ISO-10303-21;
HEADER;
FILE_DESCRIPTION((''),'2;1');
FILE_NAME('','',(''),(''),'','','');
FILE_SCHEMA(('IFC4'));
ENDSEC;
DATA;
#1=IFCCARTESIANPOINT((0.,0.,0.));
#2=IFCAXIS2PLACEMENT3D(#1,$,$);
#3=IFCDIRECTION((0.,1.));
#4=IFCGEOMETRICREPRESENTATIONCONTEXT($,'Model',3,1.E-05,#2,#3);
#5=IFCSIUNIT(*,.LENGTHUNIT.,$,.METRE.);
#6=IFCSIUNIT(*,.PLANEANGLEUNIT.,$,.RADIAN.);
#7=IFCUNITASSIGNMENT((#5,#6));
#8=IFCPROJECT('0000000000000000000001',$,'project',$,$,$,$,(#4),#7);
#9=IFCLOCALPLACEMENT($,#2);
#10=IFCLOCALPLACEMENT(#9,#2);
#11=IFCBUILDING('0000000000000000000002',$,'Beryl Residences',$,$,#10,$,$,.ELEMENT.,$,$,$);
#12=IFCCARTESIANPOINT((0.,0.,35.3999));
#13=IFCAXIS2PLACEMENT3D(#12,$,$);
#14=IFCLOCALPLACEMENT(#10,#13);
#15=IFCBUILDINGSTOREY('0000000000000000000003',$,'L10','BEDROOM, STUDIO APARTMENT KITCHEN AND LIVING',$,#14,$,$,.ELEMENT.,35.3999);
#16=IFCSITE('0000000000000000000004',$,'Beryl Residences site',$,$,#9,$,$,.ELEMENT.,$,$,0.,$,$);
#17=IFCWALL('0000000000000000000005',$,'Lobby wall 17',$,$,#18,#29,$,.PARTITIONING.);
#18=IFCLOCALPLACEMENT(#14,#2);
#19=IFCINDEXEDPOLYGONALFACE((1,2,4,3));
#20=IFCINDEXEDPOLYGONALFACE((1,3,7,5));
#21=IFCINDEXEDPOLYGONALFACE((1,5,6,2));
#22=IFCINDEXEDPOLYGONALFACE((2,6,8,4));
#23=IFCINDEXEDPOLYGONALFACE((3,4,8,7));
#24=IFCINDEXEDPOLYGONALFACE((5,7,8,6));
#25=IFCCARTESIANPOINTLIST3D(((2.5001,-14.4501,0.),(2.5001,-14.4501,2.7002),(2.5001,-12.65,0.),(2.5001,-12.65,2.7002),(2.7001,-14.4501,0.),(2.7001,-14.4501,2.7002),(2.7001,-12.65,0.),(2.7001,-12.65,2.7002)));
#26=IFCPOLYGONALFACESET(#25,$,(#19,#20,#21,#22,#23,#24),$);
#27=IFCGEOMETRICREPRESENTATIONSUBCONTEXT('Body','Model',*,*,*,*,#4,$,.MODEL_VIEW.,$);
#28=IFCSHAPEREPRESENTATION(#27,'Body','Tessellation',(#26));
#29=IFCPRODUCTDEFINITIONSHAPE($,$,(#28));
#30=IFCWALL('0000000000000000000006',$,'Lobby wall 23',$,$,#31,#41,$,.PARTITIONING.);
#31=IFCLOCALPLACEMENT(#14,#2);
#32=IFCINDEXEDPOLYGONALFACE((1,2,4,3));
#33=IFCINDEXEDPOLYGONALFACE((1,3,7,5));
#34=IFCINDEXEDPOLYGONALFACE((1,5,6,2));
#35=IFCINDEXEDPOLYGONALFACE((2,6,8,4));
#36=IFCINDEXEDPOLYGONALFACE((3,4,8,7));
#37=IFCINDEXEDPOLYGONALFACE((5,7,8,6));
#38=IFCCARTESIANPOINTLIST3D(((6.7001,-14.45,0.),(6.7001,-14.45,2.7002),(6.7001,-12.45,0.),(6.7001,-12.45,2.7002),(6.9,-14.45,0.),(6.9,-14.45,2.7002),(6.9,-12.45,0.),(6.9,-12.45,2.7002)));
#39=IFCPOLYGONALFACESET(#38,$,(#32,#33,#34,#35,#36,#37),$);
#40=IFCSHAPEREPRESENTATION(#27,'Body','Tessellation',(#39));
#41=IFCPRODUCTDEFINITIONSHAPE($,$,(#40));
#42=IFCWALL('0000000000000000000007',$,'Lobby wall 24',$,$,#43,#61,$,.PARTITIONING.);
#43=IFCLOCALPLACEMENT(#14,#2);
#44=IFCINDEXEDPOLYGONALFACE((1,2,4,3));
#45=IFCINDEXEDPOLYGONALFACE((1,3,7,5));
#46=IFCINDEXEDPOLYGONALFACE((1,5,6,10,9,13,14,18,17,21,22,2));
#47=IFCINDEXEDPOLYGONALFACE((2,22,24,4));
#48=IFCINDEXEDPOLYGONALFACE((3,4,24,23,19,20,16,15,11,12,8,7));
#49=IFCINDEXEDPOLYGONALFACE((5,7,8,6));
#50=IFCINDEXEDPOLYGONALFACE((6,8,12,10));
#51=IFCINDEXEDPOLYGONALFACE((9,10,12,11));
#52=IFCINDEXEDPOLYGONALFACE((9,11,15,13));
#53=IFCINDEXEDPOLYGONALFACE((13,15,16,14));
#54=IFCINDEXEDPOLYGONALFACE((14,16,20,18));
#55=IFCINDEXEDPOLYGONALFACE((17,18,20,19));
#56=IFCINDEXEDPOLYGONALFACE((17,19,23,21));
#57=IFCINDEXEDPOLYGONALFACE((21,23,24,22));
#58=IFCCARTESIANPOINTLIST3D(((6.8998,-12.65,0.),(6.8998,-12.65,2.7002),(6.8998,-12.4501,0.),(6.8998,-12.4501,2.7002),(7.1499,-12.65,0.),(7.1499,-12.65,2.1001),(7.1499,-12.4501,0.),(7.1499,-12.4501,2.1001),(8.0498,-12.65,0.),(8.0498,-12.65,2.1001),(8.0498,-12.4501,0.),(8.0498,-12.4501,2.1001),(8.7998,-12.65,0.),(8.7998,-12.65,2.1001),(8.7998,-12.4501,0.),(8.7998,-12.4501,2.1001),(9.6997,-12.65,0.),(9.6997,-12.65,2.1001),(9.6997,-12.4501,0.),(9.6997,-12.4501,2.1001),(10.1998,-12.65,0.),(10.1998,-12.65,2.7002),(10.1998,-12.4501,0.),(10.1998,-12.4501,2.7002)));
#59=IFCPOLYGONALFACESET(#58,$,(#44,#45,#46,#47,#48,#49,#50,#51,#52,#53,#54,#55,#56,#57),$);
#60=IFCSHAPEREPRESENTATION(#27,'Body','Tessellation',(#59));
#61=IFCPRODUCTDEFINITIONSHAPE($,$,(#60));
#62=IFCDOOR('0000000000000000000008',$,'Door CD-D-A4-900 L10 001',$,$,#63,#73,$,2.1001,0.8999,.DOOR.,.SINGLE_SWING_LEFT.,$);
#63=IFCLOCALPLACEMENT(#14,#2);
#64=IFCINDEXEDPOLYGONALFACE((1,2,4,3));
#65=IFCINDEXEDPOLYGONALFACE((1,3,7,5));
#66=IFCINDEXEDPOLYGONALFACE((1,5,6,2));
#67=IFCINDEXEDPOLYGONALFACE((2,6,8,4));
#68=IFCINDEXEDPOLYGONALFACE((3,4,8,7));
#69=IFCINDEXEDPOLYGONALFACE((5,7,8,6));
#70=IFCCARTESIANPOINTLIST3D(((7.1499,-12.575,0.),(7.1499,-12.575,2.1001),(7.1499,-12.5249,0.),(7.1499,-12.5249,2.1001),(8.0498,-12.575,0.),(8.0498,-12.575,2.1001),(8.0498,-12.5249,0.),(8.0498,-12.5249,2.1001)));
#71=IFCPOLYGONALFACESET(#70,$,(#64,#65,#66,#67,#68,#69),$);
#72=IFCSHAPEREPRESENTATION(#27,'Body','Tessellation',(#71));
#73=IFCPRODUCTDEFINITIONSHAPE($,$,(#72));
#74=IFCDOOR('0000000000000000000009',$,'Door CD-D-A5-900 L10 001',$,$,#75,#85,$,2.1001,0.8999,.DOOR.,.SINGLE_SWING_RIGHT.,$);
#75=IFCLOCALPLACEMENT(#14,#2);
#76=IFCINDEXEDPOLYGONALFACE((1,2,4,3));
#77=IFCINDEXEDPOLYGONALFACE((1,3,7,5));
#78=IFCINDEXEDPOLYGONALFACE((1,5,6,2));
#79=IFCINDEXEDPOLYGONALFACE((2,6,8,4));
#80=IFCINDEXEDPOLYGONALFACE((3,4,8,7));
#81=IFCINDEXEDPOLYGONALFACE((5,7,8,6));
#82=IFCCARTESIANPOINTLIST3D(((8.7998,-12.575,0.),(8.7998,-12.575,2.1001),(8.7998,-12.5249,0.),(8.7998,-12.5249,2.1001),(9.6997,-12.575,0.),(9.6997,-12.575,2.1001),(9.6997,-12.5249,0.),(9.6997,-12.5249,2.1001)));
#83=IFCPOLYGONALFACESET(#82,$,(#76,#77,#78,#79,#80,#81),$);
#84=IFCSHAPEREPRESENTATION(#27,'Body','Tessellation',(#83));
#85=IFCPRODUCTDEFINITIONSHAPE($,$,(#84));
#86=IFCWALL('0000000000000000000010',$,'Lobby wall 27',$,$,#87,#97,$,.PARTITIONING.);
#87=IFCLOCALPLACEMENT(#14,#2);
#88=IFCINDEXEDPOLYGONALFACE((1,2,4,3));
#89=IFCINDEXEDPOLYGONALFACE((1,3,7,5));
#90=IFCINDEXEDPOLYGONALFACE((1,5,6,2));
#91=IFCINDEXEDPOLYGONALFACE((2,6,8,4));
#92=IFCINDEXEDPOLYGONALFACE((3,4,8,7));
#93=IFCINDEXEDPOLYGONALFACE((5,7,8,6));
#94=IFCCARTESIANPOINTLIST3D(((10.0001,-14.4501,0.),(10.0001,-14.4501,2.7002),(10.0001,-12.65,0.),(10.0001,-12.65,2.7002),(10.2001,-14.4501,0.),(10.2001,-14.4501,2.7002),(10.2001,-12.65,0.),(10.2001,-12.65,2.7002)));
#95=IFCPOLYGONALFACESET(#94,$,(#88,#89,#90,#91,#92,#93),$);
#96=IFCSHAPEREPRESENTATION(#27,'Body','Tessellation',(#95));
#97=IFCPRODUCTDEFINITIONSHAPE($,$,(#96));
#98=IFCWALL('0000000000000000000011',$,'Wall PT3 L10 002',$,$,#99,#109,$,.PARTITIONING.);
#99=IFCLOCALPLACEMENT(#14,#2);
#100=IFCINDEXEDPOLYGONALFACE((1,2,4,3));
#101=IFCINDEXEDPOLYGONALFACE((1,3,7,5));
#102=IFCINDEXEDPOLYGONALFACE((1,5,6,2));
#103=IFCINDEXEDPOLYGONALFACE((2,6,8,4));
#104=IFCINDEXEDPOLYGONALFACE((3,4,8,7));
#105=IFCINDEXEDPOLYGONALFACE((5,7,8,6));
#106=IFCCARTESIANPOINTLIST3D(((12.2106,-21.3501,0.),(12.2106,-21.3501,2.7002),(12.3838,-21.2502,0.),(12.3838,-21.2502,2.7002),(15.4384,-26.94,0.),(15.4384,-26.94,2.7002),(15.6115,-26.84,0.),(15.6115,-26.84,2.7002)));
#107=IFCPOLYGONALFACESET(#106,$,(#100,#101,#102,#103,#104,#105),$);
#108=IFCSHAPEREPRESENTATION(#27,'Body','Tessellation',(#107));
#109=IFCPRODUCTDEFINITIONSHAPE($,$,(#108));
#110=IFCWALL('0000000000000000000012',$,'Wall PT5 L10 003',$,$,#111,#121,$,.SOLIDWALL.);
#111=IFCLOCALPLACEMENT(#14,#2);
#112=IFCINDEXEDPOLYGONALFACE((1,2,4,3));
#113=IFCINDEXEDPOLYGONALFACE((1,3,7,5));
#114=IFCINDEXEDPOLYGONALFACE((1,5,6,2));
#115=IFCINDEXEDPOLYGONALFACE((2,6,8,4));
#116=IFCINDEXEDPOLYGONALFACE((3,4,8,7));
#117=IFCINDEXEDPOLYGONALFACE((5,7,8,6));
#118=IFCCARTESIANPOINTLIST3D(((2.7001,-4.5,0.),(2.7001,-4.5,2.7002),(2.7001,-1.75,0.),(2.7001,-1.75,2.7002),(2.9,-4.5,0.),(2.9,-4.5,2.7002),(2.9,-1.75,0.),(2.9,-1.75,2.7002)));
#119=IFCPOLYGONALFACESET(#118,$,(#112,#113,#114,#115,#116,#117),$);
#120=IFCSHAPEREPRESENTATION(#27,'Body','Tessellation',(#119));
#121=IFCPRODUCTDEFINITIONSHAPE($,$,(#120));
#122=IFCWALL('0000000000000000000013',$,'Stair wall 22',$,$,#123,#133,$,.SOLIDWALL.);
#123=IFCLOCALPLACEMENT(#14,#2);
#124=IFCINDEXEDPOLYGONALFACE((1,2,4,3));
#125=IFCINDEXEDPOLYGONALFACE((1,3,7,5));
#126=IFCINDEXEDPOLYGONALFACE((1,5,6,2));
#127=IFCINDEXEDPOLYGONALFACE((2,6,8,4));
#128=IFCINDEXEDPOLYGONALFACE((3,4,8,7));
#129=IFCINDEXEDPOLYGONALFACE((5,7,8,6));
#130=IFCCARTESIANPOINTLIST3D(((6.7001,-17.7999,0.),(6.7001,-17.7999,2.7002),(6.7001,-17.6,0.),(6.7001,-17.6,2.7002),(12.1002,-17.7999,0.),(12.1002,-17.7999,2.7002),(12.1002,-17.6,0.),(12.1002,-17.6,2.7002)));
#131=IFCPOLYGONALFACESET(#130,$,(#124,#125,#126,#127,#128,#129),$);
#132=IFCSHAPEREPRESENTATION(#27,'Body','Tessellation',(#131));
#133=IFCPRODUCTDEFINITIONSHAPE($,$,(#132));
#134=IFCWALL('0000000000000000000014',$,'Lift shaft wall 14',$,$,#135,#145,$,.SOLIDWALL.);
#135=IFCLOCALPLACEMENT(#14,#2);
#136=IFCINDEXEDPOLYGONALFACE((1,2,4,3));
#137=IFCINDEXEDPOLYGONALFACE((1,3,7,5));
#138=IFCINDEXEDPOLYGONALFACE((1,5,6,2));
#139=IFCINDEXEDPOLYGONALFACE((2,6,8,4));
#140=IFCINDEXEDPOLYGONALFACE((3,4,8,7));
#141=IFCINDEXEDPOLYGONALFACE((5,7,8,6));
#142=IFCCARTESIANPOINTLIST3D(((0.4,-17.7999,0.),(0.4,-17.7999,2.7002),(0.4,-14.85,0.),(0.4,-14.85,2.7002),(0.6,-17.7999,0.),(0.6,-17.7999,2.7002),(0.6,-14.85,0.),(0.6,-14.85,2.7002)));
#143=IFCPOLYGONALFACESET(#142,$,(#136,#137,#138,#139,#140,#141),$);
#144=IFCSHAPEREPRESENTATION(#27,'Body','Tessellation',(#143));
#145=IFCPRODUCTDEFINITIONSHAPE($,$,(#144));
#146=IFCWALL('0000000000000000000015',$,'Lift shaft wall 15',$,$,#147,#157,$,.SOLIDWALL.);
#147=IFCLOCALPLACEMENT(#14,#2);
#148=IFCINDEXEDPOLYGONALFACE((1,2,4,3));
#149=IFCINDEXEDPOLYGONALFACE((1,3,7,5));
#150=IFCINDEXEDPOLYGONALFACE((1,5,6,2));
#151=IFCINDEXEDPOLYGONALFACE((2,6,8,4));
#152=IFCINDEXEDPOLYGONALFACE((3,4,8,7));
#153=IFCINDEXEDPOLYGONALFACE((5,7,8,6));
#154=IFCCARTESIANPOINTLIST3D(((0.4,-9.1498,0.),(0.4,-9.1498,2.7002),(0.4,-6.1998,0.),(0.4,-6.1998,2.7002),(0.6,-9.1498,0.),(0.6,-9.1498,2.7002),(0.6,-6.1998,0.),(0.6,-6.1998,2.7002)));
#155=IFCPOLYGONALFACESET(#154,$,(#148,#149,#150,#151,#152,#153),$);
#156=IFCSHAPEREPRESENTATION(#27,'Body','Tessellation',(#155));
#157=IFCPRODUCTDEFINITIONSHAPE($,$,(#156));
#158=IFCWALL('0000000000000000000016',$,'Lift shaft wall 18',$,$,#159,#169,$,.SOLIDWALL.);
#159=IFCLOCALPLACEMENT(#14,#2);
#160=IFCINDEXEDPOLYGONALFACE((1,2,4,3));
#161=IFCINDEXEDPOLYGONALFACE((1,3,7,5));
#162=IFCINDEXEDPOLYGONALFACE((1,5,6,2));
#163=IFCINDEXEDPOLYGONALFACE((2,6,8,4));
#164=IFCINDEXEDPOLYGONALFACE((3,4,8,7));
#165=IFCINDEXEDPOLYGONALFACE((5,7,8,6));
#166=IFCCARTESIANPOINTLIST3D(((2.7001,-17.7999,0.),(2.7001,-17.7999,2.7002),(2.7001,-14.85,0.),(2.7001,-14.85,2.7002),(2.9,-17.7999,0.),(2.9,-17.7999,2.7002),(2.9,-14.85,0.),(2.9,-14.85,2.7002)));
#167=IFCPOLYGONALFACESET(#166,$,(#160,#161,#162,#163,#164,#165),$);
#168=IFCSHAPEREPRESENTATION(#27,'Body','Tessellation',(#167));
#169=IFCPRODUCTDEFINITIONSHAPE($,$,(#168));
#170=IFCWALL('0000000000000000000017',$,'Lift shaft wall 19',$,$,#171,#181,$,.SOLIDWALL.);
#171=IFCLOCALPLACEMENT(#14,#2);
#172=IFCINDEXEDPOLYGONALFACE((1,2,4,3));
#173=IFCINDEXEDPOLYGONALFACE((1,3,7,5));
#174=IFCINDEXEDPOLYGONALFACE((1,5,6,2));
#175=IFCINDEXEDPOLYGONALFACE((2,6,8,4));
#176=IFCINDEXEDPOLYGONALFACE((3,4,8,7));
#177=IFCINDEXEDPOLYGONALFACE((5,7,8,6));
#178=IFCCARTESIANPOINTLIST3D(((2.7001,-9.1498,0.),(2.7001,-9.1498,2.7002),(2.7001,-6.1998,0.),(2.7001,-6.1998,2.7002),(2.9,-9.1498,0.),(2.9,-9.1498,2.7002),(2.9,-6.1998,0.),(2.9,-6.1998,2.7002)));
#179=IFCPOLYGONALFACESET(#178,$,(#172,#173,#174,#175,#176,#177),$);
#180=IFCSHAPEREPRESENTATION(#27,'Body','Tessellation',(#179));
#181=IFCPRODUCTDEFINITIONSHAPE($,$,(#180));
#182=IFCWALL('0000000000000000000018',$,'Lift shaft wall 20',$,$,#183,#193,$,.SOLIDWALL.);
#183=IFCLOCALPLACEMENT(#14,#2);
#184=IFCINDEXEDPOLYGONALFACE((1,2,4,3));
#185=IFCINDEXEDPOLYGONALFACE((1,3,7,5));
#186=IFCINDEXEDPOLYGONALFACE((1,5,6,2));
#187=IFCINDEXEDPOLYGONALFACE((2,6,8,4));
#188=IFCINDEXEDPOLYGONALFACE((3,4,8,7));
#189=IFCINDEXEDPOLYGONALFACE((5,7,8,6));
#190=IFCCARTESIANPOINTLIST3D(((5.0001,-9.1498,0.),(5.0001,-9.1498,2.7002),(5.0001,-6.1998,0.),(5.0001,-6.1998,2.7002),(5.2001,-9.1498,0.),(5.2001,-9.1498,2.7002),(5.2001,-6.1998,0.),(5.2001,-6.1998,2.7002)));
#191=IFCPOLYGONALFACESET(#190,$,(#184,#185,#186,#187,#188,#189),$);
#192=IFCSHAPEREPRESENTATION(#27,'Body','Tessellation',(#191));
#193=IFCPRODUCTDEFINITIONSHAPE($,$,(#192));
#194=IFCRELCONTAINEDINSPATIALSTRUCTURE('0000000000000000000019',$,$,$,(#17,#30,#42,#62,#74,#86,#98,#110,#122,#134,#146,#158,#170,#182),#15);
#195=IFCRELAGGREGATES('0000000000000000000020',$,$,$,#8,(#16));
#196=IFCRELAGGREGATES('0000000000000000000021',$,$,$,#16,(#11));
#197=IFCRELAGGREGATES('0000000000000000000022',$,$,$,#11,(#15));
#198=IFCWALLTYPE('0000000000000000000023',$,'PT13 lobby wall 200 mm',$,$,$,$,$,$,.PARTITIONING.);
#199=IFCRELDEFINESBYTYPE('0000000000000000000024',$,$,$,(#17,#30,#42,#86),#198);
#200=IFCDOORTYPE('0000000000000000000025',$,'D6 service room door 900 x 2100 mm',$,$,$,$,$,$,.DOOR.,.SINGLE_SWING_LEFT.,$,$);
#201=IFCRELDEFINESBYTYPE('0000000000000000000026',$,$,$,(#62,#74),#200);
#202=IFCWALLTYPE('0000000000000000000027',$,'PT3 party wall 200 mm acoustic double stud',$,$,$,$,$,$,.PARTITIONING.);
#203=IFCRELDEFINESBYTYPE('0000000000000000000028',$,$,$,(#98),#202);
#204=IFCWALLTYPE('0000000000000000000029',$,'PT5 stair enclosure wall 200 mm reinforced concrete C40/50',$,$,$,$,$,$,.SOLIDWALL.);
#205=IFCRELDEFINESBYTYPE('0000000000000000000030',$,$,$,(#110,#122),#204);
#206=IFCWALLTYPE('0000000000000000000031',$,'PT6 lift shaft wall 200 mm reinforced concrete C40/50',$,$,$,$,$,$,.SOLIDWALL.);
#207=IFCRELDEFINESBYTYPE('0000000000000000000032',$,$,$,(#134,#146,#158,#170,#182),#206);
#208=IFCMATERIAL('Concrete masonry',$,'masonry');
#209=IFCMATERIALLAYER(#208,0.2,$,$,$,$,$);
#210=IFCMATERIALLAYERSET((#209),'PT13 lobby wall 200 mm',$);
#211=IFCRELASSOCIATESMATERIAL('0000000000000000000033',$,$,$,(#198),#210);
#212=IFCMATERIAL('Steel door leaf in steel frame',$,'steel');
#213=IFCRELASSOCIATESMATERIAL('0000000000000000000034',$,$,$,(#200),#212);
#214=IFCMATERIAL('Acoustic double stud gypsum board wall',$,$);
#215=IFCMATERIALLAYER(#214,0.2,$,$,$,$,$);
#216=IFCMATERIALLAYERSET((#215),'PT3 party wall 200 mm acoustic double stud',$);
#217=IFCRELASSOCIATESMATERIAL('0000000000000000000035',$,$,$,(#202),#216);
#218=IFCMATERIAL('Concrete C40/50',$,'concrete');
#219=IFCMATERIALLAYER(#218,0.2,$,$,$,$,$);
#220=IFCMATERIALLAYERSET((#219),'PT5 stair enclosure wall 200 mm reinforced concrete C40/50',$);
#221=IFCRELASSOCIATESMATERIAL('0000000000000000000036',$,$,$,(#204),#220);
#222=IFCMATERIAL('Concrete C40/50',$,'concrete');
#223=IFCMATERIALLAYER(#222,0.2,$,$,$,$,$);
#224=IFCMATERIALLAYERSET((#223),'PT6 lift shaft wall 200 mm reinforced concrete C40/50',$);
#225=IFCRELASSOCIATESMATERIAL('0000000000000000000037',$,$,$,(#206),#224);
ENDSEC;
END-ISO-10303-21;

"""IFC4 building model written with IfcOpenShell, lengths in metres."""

from ifc_helpers import new_model, si_unit, direction, frame, frame_2d, origin, place, context, subcontext, project, spatial, rectangle, extrude, material, layer, layer_set, type_object, element, fill, save


model = new_model("IFC4")

# Units and contexts
model_context = context("Model", 3, precision=1e-05, world=origin(), true_north=direction((0.0, 1.0)))
body_context = subcontext(model_context, "Body", "Model", "MODEL_VIEW")
ifc_project = project(units=[si_unit("LENGTHUNIT", "METRE"), si_unit("PLANEANGLEUNIT", "RADIAN")], contexts=[model_context])

# Site, building, storey
site_placement = place(None, origin())
site = spatial("IfcSite", under=ifc_project, at=site_placement, Name="Beryl Residences site", CompositionType="ELEMENT", RefElevation=0.0)
building_placement = place(site_placement, origin())
building = spatial("IfcBuilding", under=site, at=building_placement, Name="Beryl Residences", CompositionType="ELEMENT")
storey_placement = place(building_placement, frame((0.0, 0.0, 35.3999)))
storey = spatial("IfcBuildingStorey", under=building, at=storey_placement, Name="L10", Description="BEDROOM, STUDIO APARTMENT KITCHEN AND LIVING", CompositionType="ELEMENT", Elevation=35.3999)

# Walls
ifc_material_1 = material(Name="Concrete masonry", Category="masonry")
ifc_layer_1 = layer(ifc_material_1, 0.2)
ifc_layer_set_1 = layer_set([ifc_layer_1], Name="PT13 lobby wall 200 mm")
wall_type_1 = type_object("IfcWallType", Name="PT13 lobby wall 200 mm", PredefinedType="PARTITIONING", material=ifc_layer_set_1)
wall_1_placement = place(storey_placement, frame((2.6001, -14.45, 0.0), z_axis=(0.0, 0.0, 1.0), x_axis=(0.0, 1.0, 0.0)))
element("IfcWall", 1, at=wall_1_placement, inside=storey, type_object=wall_type_1, Name="Lobby wall 17", PredefinedType="PARTITIONING", context=body_context, shape_type="SweptSolid", body=[
    extrude(rectangle(XDim=1.8, YDim=0.2, at=frame_2d((0.8999, 0.0))), origin(), (0.0, 0.0, 1.0), 2.7002),
])
wall_2_placement = place(storey_placement, frame((6.8, -14.45, 0.0), z_axis=(0.0, 0.0, 1.0), x_axis=(0.0, 1.0, 0.0)))
element("IfcWall", 2, at=wall_2_placement, inside=storey, type_object=wall_type_1, Name="Lobby wall 23", PredefinedType="PARTITIONING", context=body_context, shape_type="SweptSolid", body=[
    extrude(rectangle(XDim=2.0, YDim=0.2, at=frame_2d((1.0, 0.0))), origin(), (0.0, 0.0, 1.0), 2.7002),
])

# Wall, openings, doors
wall_3_placement = place(storey_placement, frame((6.8999, -12.55, 0.0), z_axis=(0.0, 0.0, 1.0), x_axis=(1.0, 0.0, 0.0)))
wall_3 = element("IfcWall", 3, at=wall_3_placement, inside=storey, type_object=wall_type_1, Name="Lobby wall 24", PredefinedType="PARTITIONING", context=body_context, shape_type="SweptSolid", body=[
    extrude(rectangle(XDim=3.3, YDim=0.2, at=frame_2d((1.6499, 0.0))), origin(), (0.0, 0.0, 1.0), 2.7002),
])
opening_1_placement = place(wall_3_placement, frame((1.1499, 0.0, 0.0), z_axis=(0.0, 0.0, 1.0), x_axis=(-1.0, 0.0, 0.0)))
opening_1 = element("IfcOpeningElement", 4, at=opening_1_placement, cuts=wall_3, PredefinedType="OPENING", context=body_context, shape_type="SweptSolid", body=[
    extrude(rectangle(XDim=0.8999, YDim=2.1001, at=frame_2d((0.45, 1.05))), frame((0.0, 0.1099, 0.0), z_axis=(0.0, -1.0, 0.0), x_axis=(1.0, 0.0, 0.0)), (0.0, 0.0, 1.0), 0.22),
])
opening_2_placement = place(wall_3_placement, frame((2.7998, 0.0, 0.0), z_axis=(0.0, 0.0, 1.0), x_axis=(-1.0, 0.0, 0.0)))
opening_2 = element("IfcOpeningElement", 5, at=opening_2_placement, cuts=wall_3, PredefinedType="OPENING", context=body_context, shape_type="SweptSolid", body=[
    extrude(rectangle(XDim=0.8999, YDim=2.1001, at=frame_2d((0.45, 1.05))), frame((0.0, 0.1099, 0.0), z_axis=(0.0, -1.0, 0.0), x_axis=(1.0, 0.0, 0.0)), (0.0, 0.0, 1.0), 0.22),
])
ifc_material_2 = material(Name="Steel door leaf in steel frame", Category="steel")
door_type = type_object("IfcDoorType", Name="D6 service room door 900 x 2100 mm", OperationType="SINGLE_SWING_LEFT", PredefinedType="DOOR", material=ifc_material_2)
door_1_placement = place(opening_1_placement, origin())
door_1 = element("IfcDoor", 6, at=door_1_placement, inside=storey, type_object=door_type, Name="Door CD-D-A4-900 L10 001", OperationType="SINGLE_SWING_LEFT", OverallHeight=2.1001, OverallWidth=0.8999, PredefinedType="DOOR", context=body_context, shape_type="SweptSolid", body=[
    extrude(rectangle(XDim=0.8999, YDim=2.1001, at=frame_2d((0.45, 1.05))), frame((0.0, 0.0249, 0.0), z_axis=(0.0, -1.0, 0.0), x_axis=(1.0, 0.0, 0.0)), (0.0, 0.0, 1.0), 0.05),
])
fill(opening_1, door_1)
door_2_placement = place(opening_2_placement, origin())
door_2 = element("IfcDoor", 7, at=door_2_placement, inside=storey, type_object=door_type, Name="Door CD-D-A5-900 L10 001", OperationType="SINGLE_SWING_RIGHT", OverallHeight=2.1001, OverallWidth=0.8999, PredefinedType="DOOR", context=body_context, shape_type="SweptSolid", body=[
    extrude(rectangle(XDim=0.8999, YDim=2.1001, at=frame_2d((0.45, 1.05))), frame((0.0, 0.0249, 0.0), z_axis=(0.0, -1.0, 0.0), x_axis=(1.0, 0.0, 0.0)), (0.0, 0.0, 1.0), 0.05),
])
fill(opening_2, door_2)

# Walls
wall_4_placement = place(storey_placement, frame((10.1001, -14.45, 0.0), z_axis=(0.0, 0.0, 1.0), x_axis=(0.0, 1.0, 0.0)))
element("IfcWall", 8, at=wall_4_placement, inside=storey, type_object=wall_type_1, Name="Lobby wall 27", PredefinedType="PARTITIONING", context=body_context, shape_type="SweptSolid", body=[
    extrude(rectangle(XDim=1.8, YDim=0.2, at=frame_2d((0.8999, 0.0))), origin(), (0.0, 0.0, 1.0), 2.7002),
])
ifc_material_3 = material(Name="Acoustic double stud gypsum board wall")
ifc_layer_2 = layer(ifc_material_3, 0.2)
ifc_layer_set_2 = layer_set([ifc_layer_2], Name="PT3 party wall 200 mm acoustic double stud")
wall_type_2 = type_object("IfcWallType", Name="PT3 party wall 200 mm acoustic double stud", PredefinedType="PARTITIONING", material=ifc_layer_set_2)
wall_5_placement = place(storey_placement, frame((12.2971, -21.3, 0.0), z_axis=(0.0, 0.0, 1.0), x_axis=(0.500056, -0.865993, 0.0)))
element("IfcWall", 9, at=wall_5_placement, inside=storey, type_object=wall_type_2, Name="Wall PT3 L10 002", PredefinedType="PARTITIONING", context=body_context, shape_type="SweptSolid", body=[
    extrude(rectangle(XDim=6.4548, YDim=0.2, at=frame_2d((3.2275, 0.0))), origin(), (0.0, 0.0, 1.0), 2.7002),
])
ifc_material_4 = material(Name="Concrete C40/50", Category="concrete")
ifc_layer_3 = layer(ifc_material_4, 0.2)
ifc_layer_set_3 = layer_set([ifc_layer_3], Name="PT5 stair enclosure wall 200 mm reinforced concrete C40/50")
wall_type_3 = type_object("IfcWallType", Name="PT5 stair enclosure wall 200 mm reinforced concrete C40/50", PredefinedType="SOLIDWALL", material=ifc_layer_set_3)
wall_6_placement = place(storey_placement, frame((2.8, -4.5, 0.0), z_axis=(0.0, 0.0, 1.0), x_axis=(0.0, 1.0, 0.0)))
element("IfcWall", 10, at=wall_6_placement, inside=storey, type_object=wall_type_3, Name="Wall PT5 L10 003", PredefinedType="SOLIDWALL", context=body_context, shape_type="SweptSolid", body=[
    extrude(rectangle(XDim=2.75, YDim=0.2, at=frame_2d((1.375, 0.0))), origin(), (0.0, 0.0, 1.0), 2.7002),
])
wall_7_placement = place(storey_placement, frame((6.7, -17.7, 0.0), z_axis=(0.0, 0.0, 1.0), x_axis=(1.0, 0.0, 0.0)))
element("IfcWall", 11, at=wall_7_placement, inside=storey, type_object=wall_type_3, Name="Stair wall 22", PredefinedType="SOLIDWALL", context=body_context, shape_type="SweptSolid", body=[
    extrude(rectangle(XDim=5.4001, YDim=0.2, at=frame_2d((2.7002, 0.0))), origin(), (0.0, 0.0, 1.0), 2.7002),
])
ifc_material_5 = material(Name="Concrete C40/50", Category="concrete")
ifc_layer_4 = layer(ifc_material_5, 0.2)
ifc_layer_set_4 = layer_set([ifc_layer_4], Name="PT6 lift shaft wall 200 mm reinforced concrete C40/50")
wall_type_4 = type_object("IfcWallType", Name="PT6 lift shaft wall 200 mm reinforced concrete C40/50", PredefinedType="SOLIDWALL", material=ifc_layer_set_4)
for number, where, z_axis, x_axis, name in (
    (12, (0.5, -17.8, 0.0), (0.0, 0.0, 1.0), (0.0, 1.0, 0.0), "Lift shaft wall 14"),
    (13, (0.5, -9.1499, 0.0), (0.0, 0.0, 1.0), (0.0, 1.0, 0.0), "Lift shaft wall 15"),
    (14, (2.8, -17.8, 0.0), (0.0, 0.0, 1.0), (0.0, 1.0, 0.0), "Lift shaft wall 18"),
    (15, (2.8, -9.1499, 0.0), (0.0, 0.0, 1.0), (0.0, 1.0, 0.0), "Lift shaft wall 19"),
    (16, (5.1001, -9.1499, 0.0), (0.0, 0.0, 1.0), (0.0, 1.0, 0.0), "Lift shaft wall 20"),
):
    element("IfcWall", number, at=place(storey_placement, frame(where, z_axis=z_axis, x_axis=x_axis)), inside=storey, type_object=wall_type_4, Name=name, PredefinedType="SOLIDWALL", context=body_context, shape_type="SweptSolid", body=[
        extrude(rectangle(XDim=2.95, YDim=0.2, at=frame_2d((1.4751, 0.0))), origin(), (0.0, 0.0, 1.0), 2.7002),
    ])

save(model, "model.ifc")
